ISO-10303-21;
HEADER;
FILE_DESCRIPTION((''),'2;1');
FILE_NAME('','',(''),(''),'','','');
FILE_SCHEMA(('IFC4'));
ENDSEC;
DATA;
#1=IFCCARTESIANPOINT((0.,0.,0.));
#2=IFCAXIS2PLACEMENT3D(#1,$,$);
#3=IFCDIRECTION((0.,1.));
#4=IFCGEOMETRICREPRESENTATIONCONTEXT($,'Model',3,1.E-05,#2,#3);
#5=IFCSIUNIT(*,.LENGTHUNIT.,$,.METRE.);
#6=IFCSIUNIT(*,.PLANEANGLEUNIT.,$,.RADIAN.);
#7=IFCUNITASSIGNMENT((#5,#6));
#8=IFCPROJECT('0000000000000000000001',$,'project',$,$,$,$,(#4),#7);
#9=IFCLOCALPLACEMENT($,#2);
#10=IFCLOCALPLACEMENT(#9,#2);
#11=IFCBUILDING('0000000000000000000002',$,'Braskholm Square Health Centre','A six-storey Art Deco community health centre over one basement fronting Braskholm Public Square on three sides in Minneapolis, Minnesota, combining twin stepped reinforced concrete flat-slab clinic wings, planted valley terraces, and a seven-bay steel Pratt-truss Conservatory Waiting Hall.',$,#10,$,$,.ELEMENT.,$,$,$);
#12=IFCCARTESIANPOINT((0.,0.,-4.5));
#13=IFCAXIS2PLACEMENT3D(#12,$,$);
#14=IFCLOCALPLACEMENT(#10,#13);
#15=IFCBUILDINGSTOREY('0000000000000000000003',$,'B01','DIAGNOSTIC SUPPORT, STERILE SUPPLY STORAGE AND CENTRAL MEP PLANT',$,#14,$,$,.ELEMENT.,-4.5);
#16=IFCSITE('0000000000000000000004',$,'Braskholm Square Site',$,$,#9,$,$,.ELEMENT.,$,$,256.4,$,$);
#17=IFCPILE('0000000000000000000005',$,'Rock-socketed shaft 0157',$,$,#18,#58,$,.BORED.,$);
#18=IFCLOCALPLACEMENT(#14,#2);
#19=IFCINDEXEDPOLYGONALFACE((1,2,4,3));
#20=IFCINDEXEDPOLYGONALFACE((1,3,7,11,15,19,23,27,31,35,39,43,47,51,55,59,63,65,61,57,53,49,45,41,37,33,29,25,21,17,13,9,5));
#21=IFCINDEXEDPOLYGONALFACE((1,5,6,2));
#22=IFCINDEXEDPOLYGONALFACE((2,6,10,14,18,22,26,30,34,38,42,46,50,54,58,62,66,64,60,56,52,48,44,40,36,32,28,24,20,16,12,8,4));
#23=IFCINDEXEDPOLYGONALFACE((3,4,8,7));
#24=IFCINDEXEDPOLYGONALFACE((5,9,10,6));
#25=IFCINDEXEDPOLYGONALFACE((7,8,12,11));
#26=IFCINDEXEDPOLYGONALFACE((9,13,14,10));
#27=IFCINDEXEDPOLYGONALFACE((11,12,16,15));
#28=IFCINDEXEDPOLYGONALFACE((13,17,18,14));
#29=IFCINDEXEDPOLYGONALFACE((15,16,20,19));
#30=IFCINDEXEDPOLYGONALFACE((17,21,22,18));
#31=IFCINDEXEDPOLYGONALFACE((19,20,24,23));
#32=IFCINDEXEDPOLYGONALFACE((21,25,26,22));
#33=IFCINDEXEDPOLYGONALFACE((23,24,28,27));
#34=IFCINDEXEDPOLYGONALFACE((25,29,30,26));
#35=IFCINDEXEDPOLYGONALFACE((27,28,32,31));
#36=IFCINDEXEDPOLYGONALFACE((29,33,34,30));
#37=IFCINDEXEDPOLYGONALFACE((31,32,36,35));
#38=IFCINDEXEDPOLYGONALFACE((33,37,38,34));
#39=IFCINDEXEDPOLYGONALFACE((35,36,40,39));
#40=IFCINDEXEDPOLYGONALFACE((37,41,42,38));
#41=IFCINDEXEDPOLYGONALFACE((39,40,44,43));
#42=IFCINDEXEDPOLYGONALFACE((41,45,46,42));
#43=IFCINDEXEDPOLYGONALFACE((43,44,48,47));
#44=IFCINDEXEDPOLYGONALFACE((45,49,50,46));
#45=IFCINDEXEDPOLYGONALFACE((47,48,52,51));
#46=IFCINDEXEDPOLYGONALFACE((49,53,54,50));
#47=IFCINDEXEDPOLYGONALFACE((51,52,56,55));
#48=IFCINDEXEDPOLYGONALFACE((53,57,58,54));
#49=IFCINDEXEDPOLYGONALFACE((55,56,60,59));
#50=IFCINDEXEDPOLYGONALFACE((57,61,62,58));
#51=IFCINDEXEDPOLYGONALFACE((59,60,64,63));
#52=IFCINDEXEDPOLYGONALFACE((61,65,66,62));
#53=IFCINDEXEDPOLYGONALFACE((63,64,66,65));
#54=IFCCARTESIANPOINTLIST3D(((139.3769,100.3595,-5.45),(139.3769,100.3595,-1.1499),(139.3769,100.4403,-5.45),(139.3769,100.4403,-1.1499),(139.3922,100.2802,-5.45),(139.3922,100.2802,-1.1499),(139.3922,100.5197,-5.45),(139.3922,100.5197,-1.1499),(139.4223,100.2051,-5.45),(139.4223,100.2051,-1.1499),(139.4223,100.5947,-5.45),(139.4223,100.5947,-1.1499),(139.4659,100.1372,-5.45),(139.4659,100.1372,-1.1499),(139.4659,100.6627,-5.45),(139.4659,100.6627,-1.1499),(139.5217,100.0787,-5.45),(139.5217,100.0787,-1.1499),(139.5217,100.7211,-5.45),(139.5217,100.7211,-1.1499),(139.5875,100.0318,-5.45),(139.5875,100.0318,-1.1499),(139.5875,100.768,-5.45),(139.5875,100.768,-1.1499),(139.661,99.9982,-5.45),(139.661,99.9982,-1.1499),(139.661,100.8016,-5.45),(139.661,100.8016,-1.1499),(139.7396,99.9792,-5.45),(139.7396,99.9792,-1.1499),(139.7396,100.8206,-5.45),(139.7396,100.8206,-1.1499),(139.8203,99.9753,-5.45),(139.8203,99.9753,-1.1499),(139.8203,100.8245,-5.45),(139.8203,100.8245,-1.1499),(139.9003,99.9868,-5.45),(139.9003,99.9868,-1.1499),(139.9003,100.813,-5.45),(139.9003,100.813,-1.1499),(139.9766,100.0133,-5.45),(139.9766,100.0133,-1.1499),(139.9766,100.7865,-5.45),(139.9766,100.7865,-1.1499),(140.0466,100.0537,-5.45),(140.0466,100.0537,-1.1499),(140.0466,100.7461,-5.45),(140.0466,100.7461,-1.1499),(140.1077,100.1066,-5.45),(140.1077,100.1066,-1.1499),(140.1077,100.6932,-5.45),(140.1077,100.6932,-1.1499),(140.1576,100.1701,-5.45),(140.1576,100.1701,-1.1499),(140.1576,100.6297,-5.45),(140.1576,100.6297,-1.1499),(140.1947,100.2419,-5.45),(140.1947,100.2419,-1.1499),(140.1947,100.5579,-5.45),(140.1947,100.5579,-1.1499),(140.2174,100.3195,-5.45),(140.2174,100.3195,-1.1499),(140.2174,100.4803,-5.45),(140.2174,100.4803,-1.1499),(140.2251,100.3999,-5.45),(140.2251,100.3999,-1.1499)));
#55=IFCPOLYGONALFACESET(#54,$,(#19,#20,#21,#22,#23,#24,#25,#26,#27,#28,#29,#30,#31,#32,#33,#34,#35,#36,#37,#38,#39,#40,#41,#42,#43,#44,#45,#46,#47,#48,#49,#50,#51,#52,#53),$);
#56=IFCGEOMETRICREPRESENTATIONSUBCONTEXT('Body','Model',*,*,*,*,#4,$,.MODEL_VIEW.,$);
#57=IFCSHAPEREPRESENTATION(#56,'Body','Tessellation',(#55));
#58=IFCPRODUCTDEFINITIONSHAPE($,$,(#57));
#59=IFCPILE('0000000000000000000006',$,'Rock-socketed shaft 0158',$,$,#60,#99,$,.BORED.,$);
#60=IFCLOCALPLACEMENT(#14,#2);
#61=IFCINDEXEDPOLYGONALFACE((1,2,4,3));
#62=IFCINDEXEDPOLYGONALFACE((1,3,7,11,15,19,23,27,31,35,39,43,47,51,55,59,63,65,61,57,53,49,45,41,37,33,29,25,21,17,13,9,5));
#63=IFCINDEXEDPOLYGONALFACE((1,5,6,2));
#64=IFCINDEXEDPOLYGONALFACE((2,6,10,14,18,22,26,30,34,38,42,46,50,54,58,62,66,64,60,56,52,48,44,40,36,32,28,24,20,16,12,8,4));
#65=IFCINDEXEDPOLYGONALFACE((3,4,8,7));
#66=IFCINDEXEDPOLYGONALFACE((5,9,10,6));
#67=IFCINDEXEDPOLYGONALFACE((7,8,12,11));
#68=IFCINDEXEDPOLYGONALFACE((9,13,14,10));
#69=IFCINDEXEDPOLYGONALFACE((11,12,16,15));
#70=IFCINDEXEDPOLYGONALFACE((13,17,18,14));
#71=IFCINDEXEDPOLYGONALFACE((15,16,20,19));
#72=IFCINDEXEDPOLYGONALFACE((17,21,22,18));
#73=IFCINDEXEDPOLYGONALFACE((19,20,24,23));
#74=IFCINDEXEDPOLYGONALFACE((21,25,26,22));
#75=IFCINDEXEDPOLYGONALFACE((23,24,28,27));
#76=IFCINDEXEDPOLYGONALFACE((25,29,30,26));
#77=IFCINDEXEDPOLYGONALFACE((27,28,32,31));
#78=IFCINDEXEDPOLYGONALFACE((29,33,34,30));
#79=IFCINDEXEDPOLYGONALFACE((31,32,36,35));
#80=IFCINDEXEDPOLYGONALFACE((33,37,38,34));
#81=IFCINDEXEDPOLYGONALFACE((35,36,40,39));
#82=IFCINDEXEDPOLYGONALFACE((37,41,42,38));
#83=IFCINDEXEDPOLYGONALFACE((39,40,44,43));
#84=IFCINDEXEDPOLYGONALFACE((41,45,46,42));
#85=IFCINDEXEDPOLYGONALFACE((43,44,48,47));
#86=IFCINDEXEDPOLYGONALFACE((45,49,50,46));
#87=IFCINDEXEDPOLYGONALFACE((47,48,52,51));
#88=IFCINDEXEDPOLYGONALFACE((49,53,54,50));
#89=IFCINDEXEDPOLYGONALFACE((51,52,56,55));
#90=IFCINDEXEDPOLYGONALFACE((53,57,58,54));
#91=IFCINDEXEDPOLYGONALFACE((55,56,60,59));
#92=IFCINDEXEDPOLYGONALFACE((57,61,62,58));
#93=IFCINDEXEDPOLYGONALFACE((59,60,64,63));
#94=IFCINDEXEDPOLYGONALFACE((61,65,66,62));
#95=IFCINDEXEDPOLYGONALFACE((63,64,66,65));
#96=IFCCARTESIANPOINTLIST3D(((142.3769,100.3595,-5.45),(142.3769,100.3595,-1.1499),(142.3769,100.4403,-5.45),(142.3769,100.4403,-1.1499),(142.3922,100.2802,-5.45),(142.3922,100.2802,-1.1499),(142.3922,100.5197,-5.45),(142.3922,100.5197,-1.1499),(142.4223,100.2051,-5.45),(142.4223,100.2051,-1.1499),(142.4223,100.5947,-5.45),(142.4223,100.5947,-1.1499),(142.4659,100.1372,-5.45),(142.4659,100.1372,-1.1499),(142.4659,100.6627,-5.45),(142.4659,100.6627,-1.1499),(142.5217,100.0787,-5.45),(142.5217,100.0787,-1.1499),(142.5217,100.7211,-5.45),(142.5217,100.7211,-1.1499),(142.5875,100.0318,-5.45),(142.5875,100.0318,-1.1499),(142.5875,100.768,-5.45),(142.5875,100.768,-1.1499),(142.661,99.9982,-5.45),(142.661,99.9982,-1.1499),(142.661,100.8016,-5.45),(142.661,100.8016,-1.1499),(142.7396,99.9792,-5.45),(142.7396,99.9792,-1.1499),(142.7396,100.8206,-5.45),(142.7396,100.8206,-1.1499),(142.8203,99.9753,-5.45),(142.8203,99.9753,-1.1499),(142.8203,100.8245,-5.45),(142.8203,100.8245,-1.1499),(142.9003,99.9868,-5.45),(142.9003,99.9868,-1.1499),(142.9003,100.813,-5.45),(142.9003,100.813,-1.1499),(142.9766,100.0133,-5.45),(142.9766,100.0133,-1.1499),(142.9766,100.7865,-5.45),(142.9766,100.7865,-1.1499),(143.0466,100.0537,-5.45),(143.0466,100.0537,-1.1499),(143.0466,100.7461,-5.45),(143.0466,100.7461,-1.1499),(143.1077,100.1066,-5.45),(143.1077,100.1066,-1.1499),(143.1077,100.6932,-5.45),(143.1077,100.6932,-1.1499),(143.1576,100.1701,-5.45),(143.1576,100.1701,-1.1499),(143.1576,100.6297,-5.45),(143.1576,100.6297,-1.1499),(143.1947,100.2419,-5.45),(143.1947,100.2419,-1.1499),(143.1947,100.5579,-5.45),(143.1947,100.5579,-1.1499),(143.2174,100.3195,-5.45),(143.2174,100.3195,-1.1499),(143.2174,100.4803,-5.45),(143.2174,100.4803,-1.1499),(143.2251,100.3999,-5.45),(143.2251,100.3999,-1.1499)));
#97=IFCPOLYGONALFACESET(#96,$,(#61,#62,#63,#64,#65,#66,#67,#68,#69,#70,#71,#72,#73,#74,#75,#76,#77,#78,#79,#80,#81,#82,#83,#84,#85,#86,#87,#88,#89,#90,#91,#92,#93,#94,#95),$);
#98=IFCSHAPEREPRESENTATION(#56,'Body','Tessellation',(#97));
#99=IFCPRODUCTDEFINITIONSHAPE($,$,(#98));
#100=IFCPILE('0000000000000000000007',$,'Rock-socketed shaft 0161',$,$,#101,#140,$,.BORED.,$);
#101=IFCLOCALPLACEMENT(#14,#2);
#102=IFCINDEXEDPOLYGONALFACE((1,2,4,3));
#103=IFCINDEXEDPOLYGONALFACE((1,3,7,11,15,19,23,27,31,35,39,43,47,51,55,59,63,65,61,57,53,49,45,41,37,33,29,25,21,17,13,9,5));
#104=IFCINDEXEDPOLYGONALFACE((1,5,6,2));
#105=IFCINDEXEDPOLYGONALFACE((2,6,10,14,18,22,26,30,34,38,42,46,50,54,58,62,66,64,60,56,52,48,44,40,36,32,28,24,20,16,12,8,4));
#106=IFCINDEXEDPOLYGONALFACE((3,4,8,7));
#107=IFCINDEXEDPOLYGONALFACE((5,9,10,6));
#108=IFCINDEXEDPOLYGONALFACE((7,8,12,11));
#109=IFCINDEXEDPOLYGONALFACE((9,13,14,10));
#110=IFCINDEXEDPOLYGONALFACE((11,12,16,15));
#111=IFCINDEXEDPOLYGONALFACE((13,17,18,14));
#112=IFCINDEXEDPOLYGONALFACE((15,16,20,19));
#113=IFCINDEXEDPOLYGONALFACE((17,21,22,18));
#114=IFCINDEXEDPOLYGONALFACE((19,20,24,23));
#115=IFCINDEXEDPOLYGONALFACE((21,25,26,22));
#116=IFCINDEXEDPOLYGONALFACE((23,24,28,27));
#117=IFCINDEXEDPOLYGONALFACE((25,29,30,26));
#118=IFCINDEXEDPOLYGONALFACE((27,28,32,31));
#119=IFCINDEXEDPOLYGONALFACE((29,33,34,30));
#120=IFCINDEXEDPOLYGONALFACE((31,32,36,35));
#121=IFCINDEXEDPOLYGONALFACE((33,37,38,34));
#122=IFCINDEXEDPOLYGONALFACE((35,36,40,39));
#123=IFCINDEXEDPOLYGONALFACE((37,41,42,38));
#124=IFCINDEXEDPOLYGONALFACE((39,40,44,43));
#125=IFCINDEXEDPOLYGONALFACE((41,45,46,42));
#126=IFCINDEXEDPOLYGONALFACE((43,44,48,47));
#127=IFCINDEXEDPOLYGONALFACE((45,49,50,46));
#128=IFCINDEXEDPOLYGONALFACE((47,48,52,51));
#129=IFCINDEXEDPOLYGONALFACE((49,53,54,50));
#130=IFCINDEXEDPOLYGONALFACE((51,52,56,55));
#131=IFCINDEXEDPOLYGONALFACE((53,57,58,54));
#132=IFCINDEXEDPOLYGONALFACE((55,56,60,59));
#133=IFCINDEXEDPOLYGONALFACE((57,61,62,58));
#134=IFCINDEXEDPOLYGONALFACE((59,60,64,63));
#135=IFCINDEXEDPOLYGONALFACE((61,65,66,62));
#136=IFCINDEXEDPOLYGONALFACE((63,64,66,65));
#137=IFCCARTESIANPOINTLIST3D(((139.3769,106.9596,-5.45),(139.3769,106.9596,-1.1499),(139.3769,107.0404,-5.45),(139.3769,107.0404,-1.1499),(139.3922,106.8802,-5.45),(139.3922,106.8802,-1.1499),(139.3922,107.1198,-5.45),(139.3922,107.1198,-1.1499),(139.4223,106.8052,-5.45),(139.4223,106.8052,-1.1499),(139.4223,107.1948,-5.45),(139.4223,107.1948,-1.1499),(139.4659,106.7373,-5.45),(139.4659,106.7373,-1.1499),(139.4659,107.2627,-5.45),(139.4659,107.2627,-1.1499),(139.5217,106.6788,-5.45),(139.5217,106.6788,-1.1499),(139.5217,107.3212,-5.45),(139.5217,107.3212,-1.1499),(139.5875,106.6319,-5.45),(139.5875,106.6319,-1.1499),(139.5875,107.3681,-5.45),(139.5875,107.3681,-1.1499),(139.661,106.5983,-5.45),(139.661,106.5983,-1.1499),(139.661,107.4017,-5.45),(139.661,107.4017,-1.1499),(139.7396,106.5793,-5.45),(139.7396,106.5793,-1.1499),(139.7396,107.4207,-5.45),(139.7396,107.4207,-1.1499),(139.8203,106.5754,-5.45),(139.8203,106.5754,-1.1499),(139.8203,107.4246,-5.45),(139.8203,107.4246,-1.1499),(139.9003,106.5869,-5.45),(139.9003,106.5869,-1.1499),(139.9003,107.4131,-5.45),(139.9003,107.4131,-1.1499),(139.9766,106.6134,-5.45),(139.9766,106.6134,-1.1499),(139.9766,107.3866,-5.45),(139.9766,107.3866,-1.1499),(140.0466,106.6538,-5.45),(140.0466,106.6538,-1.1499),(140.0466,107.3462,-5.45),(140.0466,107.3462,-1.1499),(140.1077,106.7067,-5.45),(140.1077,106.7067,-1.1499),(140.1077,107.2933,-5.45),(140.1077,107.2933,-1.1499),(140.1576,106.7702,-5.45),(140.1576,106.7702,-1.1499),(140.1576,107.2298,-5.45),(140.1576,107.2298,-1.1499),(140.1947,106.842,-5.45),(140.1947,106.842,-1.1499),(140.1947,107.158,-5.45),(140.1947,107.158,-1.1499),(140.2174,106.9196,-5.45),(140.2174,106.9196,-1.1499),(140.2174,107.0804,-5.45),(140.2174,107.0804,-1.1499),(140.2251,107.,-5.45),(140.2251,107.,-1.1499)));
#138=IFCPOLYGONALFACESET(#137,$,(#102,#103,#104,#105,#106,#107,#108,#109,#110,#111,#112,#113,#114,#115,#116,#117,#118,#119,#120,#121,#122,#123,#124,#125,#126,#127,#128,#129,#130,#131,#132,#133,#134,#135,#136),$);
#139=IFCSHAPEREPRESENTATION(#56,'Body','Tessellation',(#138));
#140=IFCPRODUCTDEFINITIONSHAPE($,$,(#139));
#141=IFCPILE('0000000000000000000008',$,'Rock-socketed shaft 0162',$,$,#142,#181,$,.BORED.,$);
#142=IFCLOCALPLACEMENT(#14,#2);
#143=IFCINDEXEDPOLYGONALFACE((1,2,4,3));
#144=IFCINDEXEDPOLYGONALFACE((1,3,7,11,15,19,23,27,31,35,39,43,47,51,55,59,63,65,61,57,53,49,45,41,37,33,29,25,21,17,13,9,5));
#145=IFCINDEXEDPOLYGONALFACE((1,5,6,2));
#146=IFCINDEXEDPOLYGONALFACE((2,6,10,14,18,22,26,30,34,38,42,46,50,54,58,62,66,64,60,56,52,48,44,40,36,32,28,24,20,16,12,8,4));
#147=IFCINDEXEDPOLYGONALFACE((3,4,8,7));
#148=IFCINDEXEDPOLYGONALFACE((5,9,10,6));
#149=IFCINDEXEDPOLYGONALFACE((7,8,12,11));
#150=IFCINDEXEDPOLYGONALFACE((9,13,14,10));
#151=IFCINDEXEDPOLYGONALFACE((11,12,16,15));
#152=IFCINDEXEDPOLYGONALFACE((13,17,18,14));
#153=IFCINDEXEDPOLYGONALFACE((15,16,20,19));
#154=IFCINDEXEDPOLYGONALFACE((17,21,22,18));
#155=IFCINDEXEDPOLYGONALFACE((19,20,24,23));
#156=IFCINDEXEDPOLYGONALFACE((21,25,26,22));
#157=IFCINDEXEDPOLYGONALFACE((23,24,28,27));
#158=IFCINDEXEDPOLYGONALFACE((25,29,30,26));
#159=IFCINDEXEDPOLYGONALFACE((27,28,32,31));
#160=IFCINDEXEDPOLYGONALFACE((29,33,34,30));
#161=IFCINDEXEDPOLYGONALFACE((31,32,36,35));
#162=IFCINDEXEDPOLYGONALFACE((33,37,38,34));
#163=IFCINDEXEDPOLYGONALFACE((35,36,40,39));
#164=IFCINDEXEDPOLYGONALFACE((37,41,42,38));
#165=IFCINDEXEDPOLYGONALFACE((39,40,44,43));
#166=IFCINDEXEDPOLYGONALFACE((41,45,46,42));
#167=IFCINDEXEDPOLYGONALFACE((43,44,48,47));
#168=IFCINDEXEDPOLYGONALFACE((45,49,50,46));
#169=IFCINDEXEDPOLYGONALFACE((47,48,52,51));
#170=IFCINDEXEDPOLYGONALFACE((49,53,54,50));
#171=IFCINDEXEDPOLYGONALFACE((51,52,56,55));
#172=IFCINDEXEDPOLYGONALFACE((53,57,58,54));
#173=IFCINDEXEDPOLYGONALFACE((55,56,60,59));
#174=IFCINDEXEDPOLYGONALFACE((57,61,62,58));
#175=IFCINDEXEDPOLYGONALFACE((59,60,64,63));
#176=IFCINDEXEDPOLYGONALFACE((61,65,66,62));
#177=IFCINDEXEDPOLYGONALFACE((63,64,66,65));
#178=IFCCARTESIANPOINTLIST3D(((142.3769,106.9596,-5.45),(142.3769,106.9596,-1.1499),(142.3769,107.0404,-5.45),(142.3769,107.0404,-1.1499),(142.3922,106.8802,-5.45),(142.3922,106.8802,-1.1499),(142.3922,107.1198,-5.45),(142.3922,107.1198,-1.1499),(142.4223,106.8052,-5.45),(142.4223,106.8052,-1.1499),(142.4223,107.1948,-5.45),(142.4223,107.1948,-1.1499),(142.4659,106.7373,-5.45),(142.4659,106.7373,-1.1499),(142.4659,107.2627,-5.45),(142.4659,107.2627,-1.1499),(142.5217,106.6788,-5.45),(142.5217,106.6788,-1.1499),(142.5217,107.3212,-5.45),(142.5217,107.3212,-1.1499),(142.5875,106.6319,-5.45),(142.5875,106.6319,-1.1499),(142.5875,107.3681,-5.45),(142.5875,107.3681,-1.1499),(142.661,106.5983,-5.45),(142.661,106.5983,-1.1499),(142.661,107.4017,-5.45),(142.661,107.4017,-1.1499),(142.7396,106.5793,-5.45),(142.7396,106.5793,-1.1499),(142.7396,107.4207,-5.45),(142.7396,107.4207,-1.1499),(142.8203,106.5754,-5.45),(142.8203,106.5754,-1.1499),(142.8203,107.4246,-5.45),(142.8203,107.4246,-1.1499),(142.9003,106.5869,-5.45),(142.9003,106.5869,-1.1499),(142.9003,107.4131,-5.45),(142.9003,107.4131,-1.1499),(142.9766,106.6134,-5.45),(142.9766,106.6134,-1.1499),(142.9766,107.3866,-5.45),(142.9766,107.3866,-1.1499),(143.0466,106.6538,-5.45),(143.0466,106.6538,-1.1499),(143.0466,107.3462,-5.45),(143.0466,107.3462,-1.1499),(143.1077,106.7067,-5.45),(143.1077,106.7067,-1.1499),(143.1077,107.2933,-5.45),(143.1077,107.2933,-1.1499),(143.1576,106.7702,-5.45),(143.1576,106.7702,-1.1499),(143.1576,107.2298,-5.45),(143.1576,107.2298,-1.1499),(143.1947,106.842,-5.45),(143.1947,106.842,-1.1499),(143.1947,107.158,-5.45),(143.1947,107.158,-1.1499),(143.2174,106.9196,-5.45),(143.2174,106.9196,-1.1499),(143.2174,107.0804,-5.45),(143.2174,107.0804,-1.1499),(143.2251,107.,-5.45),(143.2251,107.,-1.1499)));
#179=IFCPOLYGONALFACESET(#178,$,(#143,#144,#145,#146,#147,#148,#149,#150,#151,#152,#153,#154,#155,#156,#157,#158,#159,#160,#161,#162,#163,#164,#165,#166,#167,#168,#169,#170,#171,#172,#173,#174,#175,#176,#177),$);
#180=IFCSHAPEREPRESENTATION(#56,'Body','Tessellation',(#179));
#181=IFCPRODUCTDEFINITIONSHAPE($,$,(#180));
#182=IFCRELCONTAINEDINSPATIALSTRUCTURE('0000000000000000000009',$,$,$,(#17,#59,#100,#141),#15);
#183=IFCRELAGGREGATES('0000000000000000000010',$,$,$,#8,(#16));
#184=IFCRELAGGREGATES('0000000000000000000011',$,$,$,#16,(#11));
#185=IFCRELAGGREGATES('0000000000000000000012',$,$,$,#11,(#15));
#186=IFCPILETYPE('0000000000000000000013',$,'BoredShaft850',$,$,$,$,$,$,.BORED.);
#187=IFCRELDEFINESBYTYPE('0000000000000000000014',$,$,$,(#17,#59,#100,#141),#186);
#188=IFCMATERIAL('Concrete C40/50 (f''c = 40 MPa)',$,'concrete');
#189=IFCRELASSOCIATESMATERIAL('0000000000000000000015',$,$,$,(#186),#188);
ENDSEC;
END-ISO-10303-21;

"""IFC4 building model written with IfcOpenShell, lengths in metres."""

from ifc_helpers import new_model, si_unit, direction, frame, origin, origin_2d, place, context, subcontext, project, spatial, circle, extrude, material, material_profile, profile_set, type_object, element, save


model = new_model("IFC4")

# Units and contexts
model_context = context("Model", 3, precision=1e-05, world=origin(), true_north=direction((0.0, 1.0)))
body_context = subcontext(model_context, "Body", "Model", "MODEL_VIEW")
ifc_project = project(units=[si_unit("LENGTHUNIT", "METRE"), si_unit("PLANEANGLEUNIT", "RADIAN")], contexts=[model_context])

# Site, building, storey
site_placement = place(None, origin())
site = spatial("IfcSite", under=ifc_project, at=site_placement, Name="Braskholm Square Site", CompositionType="ELEMENT", RefElevation=256.4)
building_placement = place(site_placement, origin())
building = spatial("IfcBuilding", under=site, at=building_placement, Name="Braskholm Square Health Centre", Description="A six-storey Art Deco community health centre over one basement fronting Braskholm Public Square on three sides in Minneapolis, Minnesota, combining twin stepped reinforced concrete flat-slab clinic wings, planted valley terraces, and a seven-bay steel Pratt-truss Conservatory Waiting Hall.", CompositionType="ELEMENT")
storey_placement = place(building_placement, frame((0.0, 0.0, -4.5)))
storey = spatial("IfcBuildingStorey", under=building, at=storey_placement, Name="B01", Description="DIAGNOSTIC SUPPORT, STERILE SUPPLY STORAGE AND CENTRAL MEP PLANT", CompositionType="ELEMENT", Elevation=-4.5)

# Piles
ifc_material_1 = material(Name="Concrete C40/50 (f'c = 40 MPa)", Category="concrete")
ifc_material_profile_1 = material_profile(ifc_material_1, circle(Radius=0.425, at=origin_2d()), Name="BORED-PILE-850")
ifc_profile_set_1 = profile_set([ifc_material_profile_1], Name="Concrete C40/50 (f'c = 40 MPa)")
pile_type_1 = type_object("IfcPileType", Name="BoredShaft850", PredefinedType="BORED", material=ifc_profile_set_1)
for number, where, z_axis, x_axis, name in (
    (1, (139.8, 100.3999, -1.1499), (0.0, 0.0, -1.0), (1.0, 0.0, 0.0), "Rock-socketed shaft 0157"),
    (2, (142.8, 100.3999, -1.1499), (0.0, 0.0, -1.0), (1.0, 0.0, 0.0), "Rock-socketed shaft 0158"),
    (3, (139.8, 107.0, -1.1499), (0.0, 0.0, -1.0), (1.0, 0.0, 0.0), "Rock-socketed shaft 0161"),
    (4, (142.8, 107.0, -1.1499), (0.0, 0.0, -1.0), (1.0, 0.0, 0.0), "Rock-socketed shaft 0162"),
):
    element("IfcPile", number, at=place(storey_placement, frame(where, z_axis=z_axis, x_axis=x_axis)), inside=storey, type_object=pile_type_1, Name=name, PredefinedType="BORED", context=body_context, shape_type="SweptSolid", body=[
        extrude(circle(Radius=0.425, at=origin_2d()), origin(), (0.0, 0.0, 1.0), 4.3),
    ])

save(model, "model.ifc")
